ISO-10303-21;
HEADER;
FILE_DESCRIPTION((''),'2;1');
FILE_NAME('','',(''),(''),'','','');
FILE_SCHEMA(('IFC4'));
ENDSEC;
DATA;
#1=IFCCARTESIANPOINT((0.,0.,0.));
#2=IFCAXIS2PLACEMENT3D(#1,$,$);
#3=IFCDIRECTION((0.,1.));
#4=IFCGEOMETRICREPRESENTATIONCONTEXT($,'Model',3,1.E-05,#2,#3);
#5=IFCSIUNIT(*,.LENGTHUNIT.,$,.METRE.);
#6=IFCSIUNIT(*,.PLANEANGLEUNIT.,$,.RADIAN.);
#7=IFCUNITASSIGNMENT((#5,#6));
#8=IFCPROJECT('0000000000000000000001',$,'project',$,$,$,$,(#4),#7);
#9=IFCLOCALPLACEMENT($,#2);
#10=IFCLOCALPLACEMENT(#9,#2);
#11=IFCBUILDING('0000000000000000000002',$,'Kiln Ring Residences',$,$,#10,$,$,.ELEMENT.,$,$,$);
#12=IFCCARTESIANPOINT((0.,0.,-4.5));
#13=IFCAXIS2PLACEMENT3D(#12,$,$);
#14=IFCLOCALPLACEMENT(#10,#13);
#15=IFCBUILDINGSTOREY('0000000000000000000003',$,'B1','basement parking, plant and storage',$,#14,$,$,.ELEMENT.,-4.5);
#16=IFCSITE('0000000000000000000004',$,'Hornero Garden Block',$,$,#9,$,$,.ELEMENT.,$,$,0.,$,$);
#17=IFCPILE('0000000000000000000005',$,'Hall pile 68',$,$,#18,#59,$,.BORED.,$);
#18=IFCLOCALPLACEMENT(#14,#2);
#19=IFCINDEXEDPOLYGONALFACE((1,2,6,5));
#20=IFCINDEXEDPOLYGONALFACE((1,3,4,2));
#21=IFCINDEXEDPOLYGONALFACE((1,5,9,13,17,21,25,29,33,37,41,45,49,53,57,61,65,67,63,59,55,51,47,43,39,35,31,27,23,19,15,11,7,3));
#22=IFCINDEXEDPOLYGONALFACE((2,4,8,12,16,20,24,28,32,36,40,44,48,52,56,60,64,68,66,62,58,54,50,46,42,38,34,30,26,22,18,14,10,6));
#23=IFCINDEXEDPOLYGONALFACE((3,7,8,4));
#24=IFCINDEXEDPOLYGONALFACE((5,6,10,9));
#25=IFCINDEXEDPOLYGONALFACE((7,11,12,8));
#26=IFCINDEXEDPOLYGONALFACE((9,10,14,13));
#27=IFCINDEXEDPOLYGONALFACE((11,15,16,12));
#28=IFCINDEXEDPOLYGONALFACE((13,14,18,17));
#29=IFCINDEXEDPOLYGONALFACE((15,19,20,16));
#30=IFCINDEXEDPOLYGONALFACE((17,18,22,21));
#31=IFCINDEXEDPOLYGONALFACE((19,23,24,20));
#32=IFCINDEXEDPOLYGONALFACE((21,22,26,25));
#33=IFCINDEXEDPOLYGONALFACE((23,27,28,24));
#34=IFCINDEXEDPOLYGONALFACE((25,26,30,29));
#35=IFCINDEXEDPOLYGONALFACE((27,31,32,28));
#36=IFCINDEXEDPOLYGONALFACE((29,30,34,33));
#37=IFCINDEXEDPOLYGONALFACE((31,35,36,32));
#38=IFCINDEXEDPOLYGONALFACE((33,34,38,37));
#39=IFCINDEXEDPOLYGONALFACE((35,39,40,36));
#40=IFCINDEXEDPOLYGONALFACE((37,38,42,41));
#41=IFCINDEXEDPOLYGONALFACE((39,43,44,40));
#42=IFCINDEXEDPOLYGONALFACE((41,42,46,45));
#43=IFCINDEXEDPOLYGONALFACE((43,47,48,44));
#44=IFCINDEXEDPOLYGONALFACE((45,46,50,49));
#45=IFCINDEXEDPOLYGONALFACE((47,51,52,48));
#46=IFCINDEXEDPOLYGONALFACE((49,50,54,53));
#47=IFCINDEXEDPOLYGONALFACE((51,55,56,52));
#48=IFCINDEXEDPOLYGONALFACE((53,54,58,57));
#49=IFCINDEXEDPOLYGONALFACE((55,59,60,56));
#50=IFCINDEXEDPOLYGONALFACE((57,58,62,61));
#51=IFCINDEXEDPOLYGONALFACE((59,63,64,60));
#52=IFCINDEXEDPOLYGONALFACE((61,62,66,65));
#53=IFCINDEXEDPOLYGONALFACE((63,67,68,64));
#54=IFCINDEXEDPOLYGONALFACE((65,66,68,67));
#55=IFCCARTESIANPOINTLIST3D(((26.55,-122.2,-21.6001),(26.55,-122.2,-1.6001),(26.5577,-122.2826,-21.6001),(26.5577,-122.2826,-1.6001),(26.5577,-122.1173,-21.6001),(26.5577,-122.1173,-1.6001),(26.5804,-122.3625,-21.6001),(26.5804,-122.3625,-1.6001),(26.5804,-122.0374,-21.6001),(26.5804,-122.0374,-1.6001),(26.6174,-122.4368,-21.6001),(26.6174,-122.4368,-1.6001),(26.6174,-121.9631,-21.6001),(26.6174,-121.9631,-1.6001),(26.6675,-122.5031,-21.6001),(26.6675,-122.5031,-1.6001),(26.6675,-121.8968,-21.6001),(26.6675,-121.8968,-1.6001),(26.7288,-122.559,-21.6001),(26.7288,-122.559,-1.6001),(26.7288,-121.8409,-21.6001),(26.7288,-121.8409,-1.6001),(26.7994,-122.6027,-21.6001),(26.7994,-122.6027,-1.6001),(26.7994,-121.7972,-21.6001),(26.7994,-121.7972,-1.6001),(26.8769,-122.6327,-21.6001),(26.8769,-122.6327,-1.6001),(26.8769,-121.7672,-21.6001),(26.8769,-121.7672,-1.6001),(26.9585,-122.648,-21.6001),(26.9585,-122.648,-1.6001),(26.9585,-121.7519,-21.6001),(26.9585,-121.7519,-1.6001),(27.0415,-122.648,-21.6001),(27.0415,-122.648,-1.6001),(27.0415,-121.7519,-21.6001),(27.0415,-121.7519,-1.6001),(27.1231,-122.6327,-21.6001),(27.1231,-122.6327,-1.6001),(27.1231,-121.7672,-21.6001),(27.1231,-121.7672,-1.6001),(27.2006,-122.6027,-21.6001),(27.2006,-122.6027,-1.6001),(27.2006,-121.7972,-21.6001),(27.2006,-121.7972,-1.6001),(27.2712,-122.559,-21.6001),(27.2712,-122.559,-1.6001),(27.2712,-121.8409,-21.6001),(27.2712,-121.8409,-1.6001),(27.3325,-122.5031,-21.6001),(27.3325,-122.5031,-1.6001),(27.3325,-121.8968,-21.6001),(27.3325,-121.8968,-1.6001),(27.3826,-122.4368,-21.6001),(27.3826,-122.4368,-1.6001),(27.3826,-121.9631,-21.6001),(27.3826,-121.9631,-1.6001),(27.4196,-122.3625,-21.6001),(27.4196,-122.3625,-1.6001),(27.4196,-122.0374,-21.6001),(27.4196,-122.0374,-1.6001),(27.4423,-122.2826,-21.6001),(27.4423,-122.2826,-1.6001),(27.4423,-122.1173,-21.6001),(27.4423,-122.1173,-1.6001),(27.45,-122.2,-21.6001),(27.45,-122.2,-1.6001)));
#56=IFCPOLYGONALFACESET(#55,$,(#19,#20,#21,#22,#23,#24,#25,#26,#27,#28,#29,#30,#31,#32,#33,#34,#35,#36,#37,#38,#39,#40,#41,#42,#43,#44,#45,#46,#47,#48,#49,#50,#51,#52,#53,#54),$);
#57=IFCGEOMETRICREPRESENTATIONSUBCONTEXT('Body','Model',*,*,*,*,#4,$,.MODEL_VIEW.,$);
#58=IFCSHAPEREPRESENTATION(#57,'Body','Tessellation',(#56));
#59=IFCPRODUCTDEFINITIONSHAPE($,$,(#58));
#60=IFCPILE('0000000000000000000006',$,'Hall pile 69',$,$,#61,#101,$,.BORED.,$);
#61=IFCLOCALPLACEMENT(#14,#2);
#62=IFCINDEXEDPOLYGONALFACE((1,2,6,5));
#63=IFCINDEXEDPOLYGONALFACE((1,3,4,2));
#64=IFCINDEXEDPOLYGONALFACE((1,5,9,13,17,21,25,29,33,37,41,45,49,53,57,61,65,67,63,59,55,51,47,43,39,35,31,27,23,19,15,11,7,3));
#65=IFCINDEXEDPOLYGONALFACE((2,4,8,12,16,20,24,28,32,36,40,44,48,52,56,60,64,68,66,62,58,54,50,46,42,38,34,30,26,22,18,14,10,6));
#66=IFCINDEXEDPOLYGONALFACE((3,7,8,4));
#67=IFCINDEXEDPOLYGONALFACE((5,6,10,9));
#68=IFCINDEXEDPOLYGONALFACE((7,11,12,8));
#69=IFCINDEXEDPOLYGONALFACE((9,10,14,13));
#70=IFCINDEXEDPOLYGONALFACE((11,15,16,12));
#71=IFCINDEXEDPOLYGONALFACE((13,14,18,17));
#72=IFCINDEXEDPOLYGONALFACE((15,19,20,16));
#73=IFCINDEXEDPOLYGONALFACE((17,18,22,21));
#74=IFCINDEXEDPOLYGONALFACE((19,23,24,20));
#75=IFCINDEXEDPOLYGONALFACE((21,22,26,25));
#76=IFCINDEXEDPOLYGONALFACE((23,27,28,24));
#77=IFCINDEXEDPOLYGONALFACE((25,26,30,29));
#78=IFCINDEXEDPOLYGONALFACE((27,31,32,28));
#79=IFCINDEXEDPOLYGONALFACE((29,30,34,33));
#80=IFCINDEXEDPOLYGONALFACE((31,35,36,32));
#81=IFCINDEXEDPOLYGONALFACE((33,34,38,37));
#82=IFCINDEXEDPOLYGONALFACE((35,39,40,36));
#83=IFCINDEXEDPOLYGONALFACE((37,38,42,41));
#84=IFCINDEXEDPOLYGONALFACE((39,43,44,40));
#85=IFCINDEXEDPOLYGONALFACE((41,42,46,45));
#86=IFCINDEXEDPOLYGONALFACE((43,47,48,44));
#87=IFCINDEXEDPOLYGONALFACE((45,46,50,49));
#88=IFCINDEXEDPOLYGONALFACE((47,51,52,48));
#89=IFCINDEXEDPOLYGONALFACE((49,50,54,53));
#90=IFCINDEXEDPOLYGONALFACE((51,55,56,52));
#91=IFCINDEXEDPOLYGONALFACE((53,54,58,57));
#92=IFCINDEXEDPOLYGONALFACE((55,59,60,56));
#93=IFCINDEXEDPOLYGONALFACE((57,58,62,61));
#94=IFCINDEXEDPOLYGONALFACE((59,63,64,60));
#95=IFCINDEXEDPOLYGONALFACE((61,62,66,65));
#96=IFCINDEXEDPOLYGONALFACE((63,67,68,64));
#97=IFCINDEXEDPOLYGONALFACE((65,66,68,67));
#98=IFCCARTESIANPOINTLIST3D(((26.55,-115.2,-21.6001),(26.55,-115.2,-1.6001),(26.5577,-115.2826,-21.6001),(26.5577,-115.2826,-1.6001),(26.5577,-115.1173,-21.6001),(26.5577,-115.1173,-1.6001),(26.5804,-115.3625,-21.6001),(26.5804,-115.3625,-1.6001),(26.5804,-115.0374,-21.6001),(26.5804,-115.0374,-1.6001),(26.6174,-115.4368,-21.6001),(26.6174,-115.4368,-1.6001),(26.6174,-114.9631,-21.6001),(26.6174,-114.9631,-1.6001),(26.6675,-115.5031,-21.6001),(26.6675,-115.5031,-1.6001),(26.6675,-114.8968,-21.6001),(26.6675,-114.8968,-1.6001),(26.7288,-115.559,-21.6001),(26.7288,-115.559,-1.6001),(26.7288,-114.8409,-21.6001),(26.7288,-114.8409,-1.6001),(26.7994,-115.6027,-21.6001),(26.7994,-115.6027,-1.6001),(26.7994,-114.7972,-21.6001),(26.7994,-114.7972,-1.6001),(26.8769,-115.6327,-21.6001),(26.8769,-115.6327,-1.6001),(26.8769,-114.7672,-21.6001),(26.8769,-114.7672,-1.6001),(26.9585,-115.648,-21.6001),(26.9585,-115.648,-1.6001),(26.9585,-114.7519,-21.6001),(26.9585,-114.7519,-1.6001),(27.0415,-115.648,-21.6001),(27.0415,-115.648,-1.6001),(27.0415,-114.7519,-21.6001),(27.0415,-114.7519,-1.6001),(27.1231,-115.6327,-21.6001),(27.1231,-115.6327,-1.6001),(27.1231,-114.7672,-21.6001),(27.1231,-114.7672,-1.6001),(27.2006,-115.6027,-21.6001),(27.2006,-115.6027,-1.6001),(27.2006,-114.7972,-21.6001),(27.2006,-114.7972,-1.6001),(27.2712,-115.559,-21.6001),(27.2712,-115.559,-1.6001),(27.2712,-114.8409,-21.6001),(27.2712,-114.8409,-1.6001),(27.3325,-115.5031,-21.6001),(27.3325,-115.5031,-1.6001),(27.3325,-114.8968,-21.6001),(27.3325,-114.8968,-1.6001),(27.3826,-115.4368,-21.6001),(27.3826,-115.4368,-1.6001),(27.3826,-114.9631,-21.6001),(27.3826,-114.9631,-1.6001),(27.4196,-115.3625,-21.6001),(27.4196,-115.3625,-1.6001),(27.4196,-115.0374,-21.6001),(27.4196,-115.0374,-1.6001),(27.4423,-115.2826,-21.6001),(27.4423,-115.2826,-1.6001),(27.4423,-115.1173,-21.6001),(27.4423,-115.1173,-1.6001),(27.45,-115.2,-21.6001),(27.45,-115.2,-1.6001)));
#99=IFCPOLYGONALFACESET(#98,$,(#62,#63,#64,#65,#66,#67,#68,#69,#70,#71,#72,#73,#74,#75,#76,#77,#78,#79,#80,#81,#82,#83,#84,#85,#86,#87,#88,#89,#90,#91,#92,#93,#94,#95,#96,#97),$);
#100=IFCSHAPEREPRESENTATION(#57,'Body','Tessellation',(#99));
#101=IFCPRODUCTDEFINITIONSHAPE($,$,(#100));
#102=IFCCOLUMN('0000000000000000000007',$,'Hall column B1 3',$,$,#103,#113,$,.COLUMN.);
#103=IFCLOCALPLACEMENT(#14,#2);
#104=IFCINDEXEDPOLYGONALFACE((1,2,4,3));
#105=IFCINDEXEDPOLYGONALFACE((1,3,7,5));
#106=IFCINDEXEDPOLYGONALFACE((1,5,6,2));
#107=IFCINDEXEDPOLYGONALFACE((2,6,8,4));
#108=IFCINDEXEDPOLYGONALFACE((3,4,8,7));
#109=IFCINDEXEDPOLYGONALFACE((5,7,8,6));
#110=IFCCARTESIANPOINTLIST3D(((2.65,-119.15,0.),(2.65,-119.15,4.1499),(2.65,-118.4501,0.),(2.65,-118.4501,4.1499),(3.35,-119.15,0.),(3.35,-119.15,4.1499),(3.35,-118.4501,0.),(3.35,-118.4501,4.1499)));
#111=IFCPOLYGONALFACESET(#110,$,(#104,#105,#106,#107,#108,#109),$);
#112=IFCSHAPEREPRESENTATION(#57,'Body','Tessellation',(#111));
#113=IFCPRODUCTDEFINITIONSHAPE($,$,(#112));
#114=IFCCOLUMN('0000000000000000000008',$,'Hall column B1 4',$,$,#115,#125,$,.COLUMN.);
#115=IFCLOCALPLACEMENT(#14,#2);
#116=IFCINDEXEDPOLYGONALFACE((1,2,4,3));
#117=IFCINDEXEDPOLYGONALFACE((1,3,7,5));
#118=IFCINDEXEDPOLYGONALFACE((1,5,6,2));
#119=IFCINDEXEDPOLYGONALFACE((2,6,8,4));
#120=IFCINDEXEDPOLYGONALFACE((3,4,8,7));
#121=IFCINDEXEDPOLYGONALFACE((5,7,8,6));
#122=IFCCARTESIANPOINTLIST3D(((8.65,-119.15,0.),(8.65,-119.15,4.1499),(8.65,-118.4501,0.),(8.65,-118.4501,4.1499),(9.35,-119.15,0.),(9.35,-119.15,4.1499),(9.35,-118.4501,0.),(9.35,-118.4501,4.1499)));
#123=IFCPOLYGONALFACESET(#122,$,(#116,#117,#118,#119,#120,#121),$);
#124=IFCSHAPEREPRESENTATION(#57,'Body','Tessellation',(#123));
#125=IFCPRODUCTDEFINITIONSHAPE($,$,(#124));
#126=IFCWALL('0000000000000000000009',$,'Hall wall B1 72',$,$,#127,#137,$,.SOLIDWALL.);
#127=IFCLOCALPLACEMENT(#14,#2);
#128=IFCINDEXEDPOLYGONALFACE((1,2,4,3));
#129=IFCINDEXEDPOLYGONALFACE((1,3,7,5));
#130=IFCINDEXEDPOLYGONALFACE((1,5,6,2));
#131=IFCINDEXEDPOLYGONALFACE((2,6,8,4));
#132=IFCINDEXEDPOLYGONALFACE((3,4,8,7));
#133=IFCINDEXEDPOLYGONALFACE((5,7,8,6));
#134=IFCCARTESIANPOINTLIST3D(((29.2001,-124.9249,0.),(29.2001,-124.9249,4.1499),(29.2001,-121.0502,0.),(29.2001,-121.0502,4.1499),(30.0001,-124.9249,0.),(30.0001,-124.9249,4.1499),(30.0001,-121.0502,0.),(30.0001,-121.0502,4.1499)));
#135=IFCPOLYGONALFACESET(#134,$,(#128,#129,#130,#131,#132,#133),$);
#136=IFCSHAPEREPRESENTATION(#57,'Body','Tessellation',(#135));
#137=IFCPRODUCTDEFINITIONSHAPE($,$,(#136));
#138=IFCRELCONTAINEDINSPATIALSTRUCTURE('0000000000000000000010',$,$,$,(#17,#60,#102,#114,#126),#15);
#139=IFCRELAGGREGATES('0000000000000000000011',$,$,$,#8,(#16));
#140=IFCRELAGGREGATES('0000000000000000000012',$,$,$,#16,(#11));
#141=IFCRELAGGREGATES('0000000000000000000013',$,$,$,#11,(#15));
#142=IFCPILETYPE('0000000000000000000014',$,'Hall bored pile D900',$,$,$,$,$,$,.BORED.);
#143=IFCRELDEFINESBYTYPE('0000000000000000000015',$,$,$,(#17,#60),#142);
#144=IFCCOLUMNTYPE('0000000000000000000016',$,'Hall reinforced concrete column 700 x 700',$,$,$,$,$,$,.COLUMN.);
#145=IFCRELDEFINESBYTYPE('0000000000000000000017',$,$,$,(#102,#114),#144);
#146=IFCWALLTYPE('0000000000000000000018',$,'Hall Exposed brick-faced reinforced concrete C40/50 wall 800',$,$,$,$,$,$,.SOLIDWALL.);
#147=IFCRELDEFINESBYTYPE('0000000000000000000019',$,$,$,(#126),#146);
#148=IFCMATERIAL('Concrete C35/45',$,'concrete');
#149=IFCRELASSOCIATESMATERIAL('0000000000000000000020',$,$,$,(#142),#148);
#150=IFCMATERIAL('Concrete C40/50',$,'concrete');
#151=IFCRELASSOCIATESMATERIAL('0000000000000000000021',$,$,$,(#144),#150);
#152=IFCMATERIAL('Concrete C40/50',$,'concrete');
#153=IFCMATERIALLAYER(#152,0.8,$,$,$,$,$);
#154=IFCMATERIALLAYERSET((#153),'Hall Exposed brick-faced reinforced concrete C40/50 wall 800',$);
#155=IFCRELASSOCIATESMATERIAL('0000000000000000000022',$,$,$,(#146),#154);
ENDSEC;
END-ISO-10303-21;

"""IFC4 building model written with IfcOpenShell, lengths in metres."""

from ifc_helpers import new_model, si_unit, direction, frame, frame_2d, origin, origin_2d, place, context, subcontext, project, spatial, rectangle, circle, extrude, material, layer, layer_set, material_profile, profile_set, type_object, element, save


model = new_model("IFC4")

# Units and contexts
model_context = context("Model", 3, precision=1e-05, world=origin(), true_north=direction((0.0, 1.0)))
body_context = subcontext(model_context, "Body", "Model", "MODEL_VIEW")
ifc_project = project(units=[si_unit("LENGTHUNIT", "METRE"), si_unit("PLANEANGLEUNIT", "RADIAN")], contexts=[model_context])

# Site, building, storey
site_placement = place(None, origin())
site = spatial("IfcSite", under=ifc_project, at=site_placement, Name="Hornero Garden Block", CompositionType="ELEMENT", RefElevation=0.0)
building_placement = place(site_placement, origin())
building = spatial("IfcBuilding", under=site, at=building_placement, Name="Kiln Ring Residences", CompositionType="ELEMENT")
storey_placement = place(building_placement, frame((0.0, 0.0, -4.5)))
storey = spatial("IfcBuildingStorey", under=building, at=storey_placement, Name="B1", Description="basement parking, plant and storage", CompositionType="ELEMENT", Elevation=-4.5)

# Piles
ifc_material_1 = material(Name="Concrete C35/45", Category="concrete")
ifc_material_profile_1 = material_profile(ifc_material_1, circle(Radius=0.45, at=origin_2d()), Name="Hall bored pile D900")
ifc_profile_set_1 = profile_set([ifc_material_profile_1], Name="Concrete C35/45")
pile_type = type_object("IfcPileType", Name="Hall bored pile D900", PredefinedType="BORED", material=ifc_profile_set_1)
for number, where, z_axis, x_axis, name in (
    (1, (27.0, -122.2, -1.6001), (0.0, 0.0, -1.0), (1.0, 0.0, 0.0), "Hall pile 68"),
    (2, (27.0, -115.2, -1.6001), (0.0, 0.0, -1.0), (1.0, 0.0, 0.0), "Hall pile 69"),
):
    element("IfcPile", number, at=place(storey_placement, frame(where, z_axis=z_axis, x_axis=x_axis)), inside=storey, type_object=pile_type, Name=name, PredefinedType="BORED", context=body_context, shape_type="SweptSolid", body=[
        extrude(circle(Radius=0.45, at=origin_2d()), origin(), (0.0, 0.0, 1.0), 20.0),
    ])

# Columns
ifc_material_2 = material(Name="Concrete C40/50", Category="concrete")
ifc_material_profile_2 = material_profile(ifc_material_2, rectangle(XDim=0.7, YDim=0.7, at=origin_2d()), Name="Hall reinforced concrete column 700 x 700")
ifc_profile_set_2 = profile_set([ifc_material_profile_2], Name="Concrete C40/50")
column_type = type_object("IfcColumnType", Name="Hall reinforced concrete column 700 x 700", PredefinedType="COLUMN", material=ifc_profile_set_2)
for number, where, z_axis, x_axis, name in (
    (3, (3.0, -118.8, 0.0), (0.0, 0.0, 1.0), (1.0, 0.0, 0.0), "Hall column B1 3"),
    (4, (9.0, -118.8, 0.0), (0.0, 0.0, 1.0), (1.0, 0.0, 0.0), "Hall column B1 4"),
):
    element("IfcColumn", number, at=place(storey_placement, frame(where, z_axis=z_axis, x_axis=x_axis)), inside=storey, type_object=column_type, Name=name, PredefinedType="COLUMN", context=body_context, shape_type="SweptSolid", body=[
        extrude(rectangle(XDim=0.7, YDim=0.7, at=origin_2d()), origin(), (0.0, 0.0, 1.0), 4.1499),
    ])

# Wall
ifc_material_3 = material(Name="Concrete C40/50", Category="concrete")
ifc_layer_1 = layer(ifc_material_3, 0.8)
ifc_layer_set_1 = layer_set([ifc_layer_1], Name="Hall Exposed brick-faced reinforced concrete C40/50 wall 800")
wall_type_1 = type_object("IfcWallType", Name="Hall Exposed brick-faced reinforced concrete C40/50 wall 800", PredefinedType="SOLIDWALL", material=ifc_layer_set_1)
wall_1_placement = place(storey_placement, frame((29.6001, -121.05, 0.0), z_axis=(0.0, 0.0, 1.0), x_axis=(0.0, -1.0, 0.0)))
element("IfcWall", 5, at=wall_1_placement, inside=storey, type_object=wall_type_1, Name="Hall wall B1 72", PredefinedType="SOLIDWALL", context=body_context, shape_type="SweptSolid", body=[
    extrude(rectangle(XDim=3.8748, YDim=0.8, at=frame_2d((1.9375, 0.0))), origin(), (0.0, 0.0, 1.0), 4.1499),
])

save(model, "model.ifc")
